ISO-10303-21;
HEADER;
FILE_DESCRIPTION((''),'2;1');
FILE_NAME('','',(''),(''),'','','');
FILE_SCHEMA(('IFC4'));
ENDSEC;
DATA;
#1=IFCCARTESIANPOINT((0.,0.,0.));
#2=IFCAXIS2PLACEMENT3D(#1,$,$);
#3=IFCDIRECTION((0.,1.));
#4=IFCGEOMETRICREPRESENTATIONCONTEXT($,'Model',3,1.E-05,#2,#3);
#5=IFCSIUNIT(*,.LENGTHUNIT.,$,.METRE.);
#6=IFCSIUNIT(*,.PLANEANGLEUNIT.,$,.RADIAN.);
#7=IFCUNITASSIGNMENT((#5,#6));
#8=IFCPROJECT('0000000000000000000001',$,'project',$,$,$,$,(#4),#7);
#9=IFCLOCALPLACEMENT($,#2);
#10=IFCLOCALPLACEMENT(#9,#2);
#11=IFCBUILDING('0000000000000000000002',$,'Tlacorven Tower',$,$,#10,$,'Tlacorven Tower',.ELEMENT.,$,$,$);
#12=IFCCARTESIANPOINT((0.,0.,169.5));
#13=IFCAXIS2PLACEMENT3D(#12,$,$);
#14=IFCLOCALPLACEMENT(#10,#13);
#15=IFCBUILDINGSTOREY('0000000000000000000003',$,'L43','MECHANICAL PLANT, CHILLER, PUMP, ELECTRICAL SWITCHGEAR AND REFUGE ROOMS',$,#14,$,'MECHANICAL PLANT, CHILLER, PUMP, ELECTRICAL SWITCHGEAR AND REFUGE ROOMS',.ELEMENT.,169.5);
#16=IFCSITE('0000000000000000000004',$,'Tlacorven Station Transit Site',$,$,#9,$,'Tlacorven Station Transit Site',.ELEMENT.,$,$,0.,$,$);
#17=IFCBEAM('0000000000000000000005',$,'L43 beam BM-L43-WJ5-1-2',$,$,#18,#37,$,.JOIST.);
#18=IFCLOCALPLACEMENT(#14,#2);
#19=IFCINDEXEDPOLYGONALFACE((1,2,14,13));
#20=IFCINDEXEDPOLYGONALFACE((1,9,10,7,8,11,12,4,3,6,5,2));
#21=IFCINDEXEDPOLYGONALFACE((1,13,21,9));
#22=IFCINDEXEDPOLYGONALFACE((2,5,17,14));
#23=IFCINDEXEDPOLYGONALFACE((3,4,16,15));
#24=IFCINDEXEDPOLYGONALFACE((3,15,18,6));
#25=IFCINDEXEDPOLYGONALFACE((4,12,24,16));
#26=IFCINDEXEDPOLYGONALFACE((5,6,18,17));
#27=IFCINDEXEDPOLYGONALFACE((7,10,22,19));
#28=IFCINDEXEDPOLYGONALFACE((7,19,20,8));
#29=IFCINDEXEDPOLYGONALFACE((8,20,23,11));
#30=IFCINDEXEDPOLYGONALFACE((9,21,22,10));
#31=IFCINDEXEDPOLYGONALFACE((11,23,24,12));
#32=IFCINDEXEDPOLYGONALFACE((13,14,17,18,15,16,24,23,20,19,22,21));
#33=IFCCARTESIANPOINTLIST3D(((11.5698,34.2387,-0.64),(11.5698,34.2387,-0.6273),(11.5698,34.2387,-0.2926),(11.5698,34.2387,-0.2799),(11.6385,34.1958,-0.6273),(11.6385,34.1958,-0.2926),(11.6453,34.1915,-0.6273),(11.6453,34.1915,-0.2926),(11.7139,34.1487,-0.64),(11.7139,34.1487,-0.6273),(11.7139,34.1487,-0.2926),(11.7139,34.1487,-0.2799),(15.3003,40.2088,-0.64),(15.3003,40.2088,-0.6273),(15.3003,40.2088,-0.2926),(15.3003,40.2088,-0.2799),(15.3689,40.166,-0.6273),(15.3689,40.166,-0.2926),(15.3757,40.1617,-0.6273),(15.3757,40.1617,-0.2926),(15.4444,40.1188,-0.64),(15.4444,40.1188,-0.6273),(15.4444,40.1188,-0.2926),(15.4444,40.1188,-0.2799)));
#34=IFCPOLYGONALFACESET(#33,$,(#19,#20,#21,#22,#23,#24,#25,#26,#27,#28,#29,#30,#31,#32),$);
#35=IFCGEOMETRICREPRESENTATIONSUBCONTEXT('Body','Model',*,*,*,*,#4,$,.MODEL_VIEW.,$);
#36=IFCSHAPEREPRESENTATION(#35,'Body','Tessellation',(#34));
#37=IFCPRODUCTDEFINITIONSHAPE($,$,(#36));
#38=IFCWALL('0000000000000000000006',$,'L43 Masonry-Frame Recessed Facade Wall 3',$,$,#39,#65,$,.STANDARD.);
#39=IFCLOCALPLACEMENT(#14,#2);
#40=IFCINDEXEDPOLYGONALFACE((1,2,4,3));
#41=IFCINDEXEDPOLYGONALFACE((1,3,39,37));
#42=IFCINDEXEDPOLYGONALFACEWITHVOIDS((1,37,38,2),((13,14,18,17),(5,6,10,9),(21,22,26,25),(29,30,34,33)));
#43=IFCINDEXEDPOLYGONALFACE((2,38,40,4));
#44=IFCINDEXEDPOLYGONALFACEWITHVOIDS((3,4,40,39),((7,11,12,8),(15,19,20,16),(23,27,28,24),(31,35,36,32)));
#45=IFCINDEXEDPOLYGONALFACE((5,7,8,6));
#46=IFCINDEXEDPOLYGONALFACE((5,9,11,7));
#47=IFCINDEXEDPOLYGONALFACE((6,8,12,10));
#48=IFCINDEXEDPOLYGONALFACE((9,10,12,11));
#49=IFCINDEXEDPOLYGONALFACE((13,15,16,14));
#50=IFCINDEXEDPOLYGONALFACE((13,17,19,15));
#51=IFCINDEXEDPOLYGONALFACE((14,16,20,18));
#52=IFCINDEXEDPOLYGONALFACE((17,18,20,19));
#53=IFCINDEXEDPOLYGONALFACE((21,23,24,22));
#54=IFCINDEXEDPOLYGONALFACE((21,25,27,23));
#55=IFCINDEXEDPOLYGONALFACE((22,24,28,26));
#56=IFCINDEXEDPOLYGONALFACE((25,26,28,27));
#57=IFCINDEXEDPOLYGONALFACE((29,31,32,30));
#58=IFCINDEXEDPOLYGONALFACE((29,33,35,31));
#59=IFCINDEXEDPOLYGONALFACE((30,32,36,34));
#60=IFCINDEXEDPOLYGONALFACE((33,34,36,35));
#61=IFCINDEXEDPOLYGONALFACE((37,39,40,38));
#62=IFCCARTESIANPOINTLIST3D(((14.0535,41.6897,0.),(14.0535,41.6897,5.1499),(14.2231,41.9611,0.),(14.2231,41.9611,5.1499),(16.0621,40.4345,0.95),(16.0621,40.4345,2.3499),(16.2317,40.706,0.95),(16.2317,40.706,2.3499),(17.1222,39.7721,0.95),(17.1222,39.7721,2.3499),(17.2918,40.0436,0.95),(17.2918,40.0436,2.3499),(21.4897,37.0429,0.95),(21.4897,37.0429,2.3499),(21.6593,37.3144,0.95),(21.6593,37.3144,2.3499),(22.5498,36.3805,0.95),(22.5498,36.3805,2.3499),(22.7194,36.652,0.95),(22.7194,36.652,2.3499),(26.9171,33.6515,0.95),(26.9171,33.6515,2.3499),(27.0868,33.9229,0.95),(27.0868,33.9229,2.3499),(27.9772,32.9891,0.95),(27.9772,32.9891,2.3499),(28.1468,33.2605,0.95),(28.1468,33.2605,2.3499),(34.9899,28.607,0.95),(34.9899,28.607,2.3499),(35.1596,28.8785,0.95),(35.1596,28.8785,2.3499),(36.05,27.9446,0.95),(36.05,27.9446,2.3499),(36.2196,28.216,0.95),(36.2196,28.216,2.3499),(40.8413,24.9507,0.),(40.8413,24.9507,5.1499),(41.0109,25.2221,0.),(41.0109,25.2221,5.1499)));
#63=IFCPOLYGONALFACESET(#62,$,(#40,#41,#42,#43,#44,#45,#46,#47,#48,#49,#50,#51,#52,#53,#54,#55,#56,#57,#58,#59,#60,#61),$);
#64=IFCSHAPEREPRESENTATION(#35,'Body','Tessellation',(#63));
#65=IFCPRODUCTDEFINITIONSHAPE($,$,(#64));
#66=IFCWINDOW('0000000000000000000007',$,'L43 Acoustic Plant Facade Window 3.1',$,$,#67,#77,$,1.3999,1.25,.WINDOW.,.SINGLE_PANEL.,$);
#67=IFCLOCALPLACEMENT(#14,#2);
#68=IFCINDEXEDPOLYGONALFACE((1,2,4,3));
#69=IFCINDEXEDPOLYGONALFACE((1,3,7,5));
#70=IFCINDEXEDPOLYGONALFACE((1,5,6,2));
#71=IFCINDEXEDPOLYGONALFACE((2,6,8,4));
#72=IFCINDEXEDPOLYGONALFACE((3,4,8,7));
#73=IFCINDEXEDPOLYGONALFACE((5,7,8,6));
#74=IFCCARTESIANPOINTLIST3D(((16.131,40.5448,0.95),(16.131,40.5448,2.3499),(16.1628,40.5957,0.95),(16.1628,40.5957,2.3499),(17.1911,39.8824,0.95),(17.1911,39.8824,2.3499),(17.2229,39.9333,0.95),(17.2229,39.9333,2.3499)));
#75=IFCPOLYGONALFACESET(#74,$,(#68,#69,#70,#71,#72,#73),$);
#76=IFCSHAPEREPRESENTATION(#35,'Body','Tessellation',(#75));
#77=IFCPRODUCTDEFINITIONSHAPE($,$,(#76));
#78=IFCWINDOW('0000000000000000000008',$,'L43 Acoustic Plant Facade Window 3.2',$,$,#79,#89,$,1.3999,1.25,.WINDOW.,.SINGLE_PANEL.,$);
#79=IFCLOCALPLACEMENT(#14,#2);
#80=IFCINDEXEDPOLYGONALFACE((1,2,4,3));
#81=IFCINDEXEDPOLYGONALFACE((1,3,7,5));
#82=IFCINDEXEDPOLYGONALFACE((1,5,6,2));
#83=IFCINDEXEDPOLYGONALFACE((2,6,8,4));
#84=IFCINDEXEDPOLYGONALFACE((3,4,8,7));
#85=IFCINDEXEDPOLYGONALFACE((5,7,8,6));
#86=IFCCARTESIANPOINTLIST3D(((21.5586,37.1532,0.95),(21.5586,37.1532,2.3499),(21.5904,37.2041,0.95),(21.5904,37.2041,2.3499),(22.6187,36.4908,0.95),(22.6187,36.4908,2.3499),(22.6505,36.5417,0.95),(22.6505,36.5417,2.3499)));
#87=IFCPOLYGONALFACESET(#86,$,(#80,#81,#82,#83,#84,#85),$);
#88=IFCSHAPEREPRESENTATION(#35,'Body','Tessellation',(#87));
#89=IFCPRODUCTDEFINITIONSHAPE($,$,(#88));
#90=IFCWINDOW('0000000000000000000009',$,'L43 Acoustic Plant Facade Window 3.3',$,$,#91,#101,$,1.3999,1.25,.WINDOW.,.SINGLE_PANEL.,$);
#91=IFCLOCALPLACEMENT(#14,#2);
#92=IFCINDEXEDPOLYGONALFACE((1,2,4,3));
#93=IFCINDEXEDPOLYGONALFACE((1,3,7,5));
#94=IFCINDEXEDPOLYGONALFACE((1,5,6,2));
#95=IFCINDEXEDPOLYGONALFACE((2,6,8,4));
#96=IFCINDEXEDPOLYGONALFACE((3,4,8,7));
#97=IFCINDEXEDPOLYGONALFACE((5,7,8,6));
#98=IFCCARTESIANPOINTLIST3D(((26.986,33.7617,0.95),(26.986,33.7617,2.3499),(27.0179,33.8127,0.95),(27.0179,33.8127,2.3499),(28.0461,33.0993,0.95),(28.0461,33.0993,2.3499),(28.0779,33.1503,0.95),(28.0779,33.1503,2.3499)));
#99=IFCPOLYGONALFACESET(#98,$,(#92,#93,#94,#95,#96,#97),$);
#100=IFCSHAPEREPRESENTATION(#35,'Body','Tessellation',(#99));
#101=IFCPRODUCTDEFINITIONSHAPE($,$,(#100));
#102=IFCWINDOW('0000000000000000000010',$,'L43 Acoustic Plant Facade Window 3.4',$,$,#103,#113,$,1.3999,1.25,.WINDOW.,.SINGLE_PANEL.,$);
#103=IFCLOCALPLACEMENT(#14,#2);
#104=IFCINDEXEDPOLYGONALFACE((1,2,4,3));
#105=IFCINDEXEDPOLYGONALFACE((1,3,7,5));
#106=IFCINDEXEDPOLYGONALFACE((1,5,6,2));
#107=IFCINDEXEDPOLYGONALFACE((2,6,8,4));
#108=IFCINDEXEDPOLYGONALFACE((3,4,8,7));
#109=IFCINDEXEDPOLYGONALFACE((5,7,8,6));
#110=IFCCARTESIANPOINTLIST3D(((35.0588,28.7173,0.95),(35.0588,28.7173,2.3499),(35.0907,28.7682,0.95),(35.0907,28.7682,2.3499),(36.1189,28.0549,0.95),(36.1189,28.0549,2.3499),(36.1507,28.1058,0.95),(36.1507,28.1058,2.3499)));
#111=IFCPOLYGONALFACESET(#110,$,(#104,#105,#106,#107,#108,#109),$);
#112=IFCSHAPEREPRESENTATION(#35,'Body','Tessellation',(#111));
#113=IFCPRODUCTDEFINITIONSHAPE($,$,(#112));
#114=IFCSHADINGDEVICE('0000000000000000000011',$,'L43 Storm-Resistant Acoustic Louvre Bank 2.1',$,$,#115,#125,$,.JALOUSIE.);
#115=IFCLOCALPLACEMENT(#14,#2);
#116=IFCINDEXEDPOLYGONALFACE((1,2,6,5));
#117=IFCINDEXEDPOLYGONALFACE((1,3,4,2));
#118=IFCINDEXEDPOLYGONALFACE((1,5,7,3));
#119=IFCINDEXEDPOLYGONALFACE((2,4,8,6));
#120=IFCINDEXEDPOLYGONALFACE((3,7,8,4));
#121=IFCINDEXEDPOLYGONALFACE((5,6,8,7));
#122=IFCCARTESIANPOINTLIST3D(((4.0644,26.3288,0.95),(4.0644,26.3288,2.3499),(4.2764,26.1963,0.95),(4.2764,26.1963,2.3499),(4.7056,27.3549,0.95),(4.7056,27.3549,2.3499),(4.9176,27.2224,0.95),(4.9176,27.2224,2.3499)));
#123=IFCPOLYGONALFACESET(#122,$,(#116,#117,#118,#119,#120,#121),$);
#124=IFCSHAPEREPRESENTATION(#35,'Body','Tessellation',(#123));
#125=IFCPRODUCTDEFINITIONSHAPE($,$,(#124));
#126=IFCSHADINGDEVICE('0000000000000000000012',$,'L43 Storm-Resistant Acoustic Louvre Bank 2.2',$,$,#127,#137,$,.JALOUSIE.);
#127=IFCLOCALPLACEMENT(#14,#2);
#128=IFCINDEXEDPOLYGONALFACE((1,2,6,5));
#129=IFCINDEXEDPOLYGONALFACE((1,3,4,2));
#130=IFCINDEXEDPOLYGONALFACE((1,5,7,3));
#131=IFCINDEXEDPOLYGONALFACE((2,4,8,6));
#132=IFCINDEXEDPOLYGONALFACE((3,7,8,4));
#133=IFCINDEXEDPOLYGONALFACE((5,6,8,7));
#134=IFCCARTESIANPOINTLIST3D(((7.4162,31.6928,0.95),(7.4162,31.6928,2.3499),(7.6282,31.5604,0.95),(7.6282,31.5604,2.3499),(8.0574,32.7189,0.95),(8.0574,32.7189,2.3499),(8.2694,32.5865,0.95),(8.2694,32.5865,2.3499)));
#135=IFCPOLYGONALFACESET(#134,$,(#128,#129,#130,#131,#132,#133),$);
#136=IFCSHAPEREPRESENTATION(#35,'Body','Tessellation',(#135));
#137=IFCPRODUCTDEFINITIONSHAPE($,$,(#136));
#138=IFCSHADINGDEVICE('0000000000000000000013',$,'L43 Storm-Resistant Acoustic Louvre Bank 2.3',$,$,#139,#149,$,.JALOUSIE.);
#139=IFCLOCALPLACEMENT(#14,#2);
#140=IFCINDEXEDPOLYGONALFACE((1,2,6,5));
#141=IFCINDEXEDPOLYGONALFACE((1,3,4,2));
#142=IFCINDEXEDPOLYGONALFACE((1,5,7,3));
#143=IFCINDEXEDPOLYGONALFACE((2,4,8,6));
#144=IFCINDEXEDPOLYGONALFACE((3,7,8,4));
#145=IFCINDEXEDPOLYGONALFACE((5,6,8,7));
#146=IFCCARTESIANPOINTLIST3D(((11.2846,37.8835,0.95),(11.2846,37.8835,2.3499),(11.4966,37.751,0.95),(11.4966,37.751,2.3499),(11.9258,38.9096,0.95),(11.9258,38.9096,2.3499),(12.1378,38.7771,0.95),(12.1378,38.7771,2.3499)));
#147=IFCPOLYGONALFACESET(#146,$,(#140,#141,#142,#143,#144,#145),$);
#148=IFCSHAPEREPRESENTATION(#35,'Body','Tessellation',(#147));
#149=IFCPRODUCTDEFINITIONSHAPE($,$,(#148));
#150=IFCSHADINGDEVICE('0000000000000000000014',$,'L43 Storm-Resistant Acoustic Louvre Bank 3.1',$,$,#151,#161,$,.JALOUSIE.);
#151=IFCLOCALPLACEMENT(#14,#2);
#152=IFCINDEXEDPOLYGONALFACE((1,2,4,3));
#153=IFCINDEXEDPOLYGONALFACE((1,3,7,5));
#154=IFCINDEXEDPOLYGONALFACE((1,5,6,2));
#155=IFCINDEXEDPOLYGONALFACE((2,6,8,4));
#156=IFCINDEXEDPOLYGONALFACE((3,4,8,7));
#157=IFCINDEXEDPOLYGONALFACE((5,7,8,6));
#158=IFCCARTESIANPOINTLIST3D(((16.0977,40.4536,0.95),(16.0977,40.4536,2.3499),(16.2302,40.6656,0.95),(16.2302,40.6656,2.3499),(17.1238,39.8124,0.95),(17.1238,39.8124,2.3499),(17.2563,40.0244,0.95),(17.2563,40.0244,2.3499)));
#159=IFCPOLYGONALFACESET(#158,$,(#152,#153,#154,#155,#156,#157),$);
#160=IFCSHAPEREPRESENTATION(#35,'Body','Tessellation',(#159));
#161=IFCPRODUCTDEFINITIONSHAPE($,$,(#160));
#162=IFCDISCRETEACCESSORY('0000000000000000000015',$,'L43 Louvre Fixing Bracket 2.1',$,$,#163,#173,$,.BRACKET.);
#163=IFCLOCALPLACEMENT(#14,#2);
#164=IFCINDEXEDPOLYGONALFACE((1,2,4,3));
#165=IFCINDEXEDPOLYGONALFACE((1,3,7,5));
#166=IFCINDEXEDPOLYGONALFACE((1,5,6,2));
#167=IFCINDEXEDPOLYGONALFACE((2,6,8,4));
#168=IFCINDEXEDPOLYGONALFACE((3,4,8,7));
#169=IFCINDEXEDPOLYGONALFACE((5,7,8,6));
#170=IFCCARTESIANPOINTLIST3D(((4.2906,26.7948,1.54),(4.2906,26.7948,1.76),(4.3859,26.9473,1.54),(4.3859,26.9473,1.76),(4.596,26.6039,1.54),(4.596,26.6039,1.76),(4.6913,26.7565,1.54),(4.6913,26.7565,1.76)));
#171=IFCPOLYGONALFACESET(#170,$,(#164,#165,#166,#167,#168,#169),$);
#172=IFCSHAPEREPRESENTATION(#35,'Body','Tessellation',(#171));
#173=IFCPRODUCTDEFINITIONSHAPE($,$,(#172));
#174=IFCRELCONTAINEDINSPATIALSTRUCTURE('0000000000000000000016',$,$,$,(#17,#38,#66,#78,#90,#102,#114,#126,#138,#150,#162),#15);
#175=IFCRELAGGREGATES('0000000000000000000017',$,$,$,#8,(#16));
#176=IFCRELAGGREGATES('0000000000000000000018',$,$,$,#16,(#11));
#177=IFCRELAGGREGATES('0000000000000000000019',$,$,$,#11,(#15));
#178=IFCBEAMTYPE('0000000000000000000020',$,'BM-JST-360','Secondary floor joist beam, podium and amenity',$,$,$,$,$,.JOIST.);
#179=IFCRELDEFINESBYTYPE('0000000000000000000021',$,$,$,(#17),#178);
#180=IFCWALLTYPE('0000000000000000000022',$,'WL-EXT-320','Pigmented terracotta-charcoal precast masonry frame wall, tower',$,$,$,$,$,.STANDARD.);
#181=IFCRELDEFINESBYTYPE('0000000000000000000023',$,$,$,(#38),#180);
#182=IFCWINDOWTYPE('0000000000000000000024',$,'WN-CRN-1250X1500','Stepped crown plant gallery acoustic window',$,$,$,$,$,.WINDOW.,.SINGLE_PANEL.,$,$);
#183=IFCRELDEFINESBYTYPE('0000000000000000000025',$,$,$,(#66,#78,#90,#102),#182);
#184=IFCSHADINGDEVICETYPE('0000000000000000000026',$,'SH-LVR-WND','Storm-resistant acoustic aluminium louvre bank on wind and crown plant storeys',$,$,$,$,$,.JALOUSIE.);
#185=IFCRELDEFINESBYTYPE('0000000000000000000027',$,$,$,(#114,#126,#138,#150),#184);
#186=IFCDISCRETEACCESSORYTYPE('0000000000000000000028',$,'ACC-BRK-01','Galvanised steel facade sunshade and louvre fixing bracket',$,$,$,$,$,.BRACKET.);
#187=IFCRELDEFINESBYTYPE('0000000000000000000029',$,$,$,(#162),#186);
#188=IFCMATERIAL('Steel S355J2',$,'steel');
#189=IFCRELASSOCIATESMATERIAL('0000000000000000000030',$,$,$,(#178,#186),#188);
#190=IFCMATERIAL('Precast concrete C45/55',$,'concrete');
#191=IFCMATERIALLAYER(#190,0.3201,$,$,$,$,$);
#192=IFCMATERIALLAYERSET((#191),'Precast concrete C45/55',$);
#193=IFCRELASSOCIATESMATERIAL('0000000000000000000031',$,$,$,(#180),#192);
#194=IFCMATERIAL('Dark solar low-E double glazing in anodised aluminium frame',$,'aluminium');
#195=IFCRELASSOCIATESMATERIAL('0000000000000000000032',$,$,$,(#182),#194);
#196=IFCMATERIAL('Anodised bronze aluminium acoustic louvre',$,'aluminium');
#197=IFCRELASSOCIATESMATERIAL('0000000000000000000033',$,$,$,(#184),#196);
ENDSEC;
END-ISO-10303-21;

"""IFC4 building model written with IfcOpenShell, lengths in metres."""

from ifc_helpers import new_model, si_unit, direction, frame, frame_2d, origin, origin_2d, place, context, subcontext, project, spatial, rectangle, i_section, extrude, source, transform, mapped, material, layer, layer_set, material_profile, profile_set, type_object, element, fill, save


model = new_model("IFC4")

# Units and contexts
model_context = context("Model", 3, precision=1e-05, world=origin(), true_north=direction((0.0, 1.0)))
body_context = subcontext(model_context, "Body", "Model", "MODEL_VIEW")
ifc_project = project(units=[si_unit("LENGTHUNIT", "METRE"), si_unit("PLANEANGLEUNIT", "RADIAN")], contexts=[model_context])

# Site, building, storey
site_placement = place(None, origin())
site = spatial("IfcSite", under=ifc_project, at=site_placement, Name="Tlacorven Station Transit Site", LongName="Tlacorven Station Transit Site", CompositionType="ELEMENT", RefElevation=0.0)
building_placement = place(site_placement, origin())
building = spatial("IfcBuilding", under=site, at=building_placement, Name="Tlacorven Tower", LongName="Tlacorven Tower", CompositionType="ELEMENT")
storey_placement = place(building_placement, frame((0.0, 0.0, 169.5)))
storey = spatial("IfcBuildingStorey", under=building, at=storey_placement, Name="L43", Description="MECHANICAL PLANT, CHILLER, PUMP, ELECTRICAL SWITCHGEAR AND REFUGE ROOMS", LongName="MECHANICAL PLANT, CHILLER, PUMP, ELECTRICAL SWITCHGEAR AND REFUGE ROOMS", CompositionType="ELEMENT", Elevation=169.5)

# Beam
ifc_material_1 = material(Name="Steel S355J2", Category="steel")
ifc_material_profile_1 = material_profile(ifc_material_1, i_section(OverallWidth=0.1699, OverallDepth=0.3601, WebThickness=0.0081, FlangeThickness=0.0127, at=origin_2d()), Name="IPE 360")
ifc_profile_set_1 = profile_set([ifc_material_profile_1], Name="Steel S355J2")
beam_type_1 = type_object("IfcBeamType", Name="BM-JST-360", Description="Secondary floor joist beam, podium and amenity", PredefinedType="JOIST", material=ifc_profile_set_1)
shared_shape_1 = source(origin(), body_context, "Body", "SweptSolid", [
    extrude(i_section(OverallWidth=0.1699, OverallDepth=0.3601, WebThickness=0.0081, FlangeThickness=0.0127, at=origin_2d()), origin(), (0.0, 0.0, 1.0), 7.0398),
])
beam_1_placement = place(storey_placement, frame((15.3723, 40.1638, -0.46), z_axis=(-0.529905, -0.848057, 0.0), x_axis=(0.848057, -0.529905, 0.0)))
element("IfcBeam", 1, at=beam_1_placement, inside=storey, type_object=beam_type_1, Name="L43 beam BM-L43-WJ5-1-2", PredefinedType="JOIST", context=body_context, shape_type="MappedRepresentation", body=[
    mapped(shared_shape_1, transform((0.0, 0.0, 0.0), scale=1.0)),
])

# Wall, openings, windows
ifc_material_2 = material(Name="Precast concrete C45/55", Category="concrete")
ifc_layer = layer(ifc_material_2, 0.3201)
ifc_layer_set = layer_set([ifc_layer], Name="Precast concrete C45/55")
wall_type = type_object("IfcWallType", Name="WL-EXT-320", Description="Pigmented terracotta-charcoal precast masonry frame wall, tower", PredefinedType="STANDARD", material=ifc_layer_set)
wall_placement = place(storey_placement, frame((14.1382, 41.8254, 0.0), z_axis=(0.0, 0.0, 1.0), x_axis=(0.848046, -0.529922, 0.0)))
wall = element("IfcWall", 2, at=wall_placement, inside=storey, type_object=wall_type, Name="L43 Masonry-Frame Recessed Facade Wall 3", PredefinedType="STANDARD", context=body_context, shape_type="SweptSolid", body=[
    extrude(rectangle(XDim=31.5876, YDim=0.3201, at=frame_2d((15.7939, 0.0))), origin(), (0.0, 0.0, 1.0), 5.1499),
])
opening_1_placement = place(wall_placement, frame((2.3687, 0.0, 0.95)))
opening_1 = element("IfcOpeningElement", 3, at=opening_1_placement, cuts=wall, PredefinedType="OPENING", context=body_context, shape_type="SweptSolid", body=[
    extrude(rectangle(XDim=1.25, YDim=1.3999, at=frame_2d((0.625, 0.7))), frame((0.0, 0.1699, 0.0), z_axis=(0.0, -1.0, 0.0), x_axis=(1.0, 0.0, 0.0)), (0.0, 0.0, 1.0), 0.3401),
])
opening_2_placement = place(wall_placement, frame((8.7688, 0.0, 0.95)))
opening_2 = element("IfcOpeningElement", 4, at=opening_2_placement, cuts=wall, PredefinedType="OPENING", context=body_context, shape_type="SweptSolid", body=[
    extrude(rectangle(XDim=1.25, YDim=1.3999, at=frame_2d((0.625, 0.7))), frame((0.0, 0.1699, 0.0), z_axis=(0.0, -1.0, 0.0), x_axis=(1.0, 0.0, 0.0)), (0.0, 0.0, 1.0), 0.3401),
])
opening_3_placement = place(wall_placement, frame((15.1687, 0.0, 0.95)))
opening_3 = element("IfcOpeningElement", 5, at=opening_3_placement, cuts=wall, PredefinedType="OPENING", context=body_context, shape_type="SweptSolid", body=[
    extrude(rectangle(XDim=1.25, YDim=1.3999, at=frame_2d((0.625, 0.7))), frame((0.0, 0.1699, 0.0), z_axis=(0.0, -1.0, 0.0), x_axis=(1.0, 0.0, 0.0)), (0.0, 0.0, 1.0), 0.3401),
])
opening_4_placement = place(wall_placement, frame((24.688, 0.0, 0.95)))
opening_4 = element("IfcOpeningElement", 6, at=opening_4_placement, cuts=wall, PredefinedType="OPENING", context=body_context, shape_type="SweptSolid", body=[
    extrude(rectangle(XDim=1.25, YDim=1.3999, at=frame_2d((0.625, 0.7))), frame((0.0, 0.1699, 0.0), z_axis=(0.0, -1.0, 0.0), x_axis=(1.0, 0.0, 0.0)), (0.0, 0.0, 1.0), 0.3401),
])
ifc_material_3 = material(Name="Dark solar low-E double glazing in anodised aluminium frame", Category="aluminium")
window_type = type_object("IfcWindowType", Name="WN-CRN-1250X1500", Description="Stepped crown plant gallery acoustic window", PartitioningType="SINGLE_PANEL", PredefinedType="WINDOW", material=ifc_material_3)
shared_shape_2 = source(origin(), body_context, "Body", "SweptSolid", [
    extrude(rectangle(XDim=1.25, YDim=1.3999, at=frame_2d((0.625, 0.7))), frame((0.0, 0.03, 0.0), z_axis=(0.0, -1.0, 0.0), x_axis=(1.0, 0.0, 0.0)), (0.0, 0.0, 1.0), 0.0601),
])
window_1_placement = place(opening_1_placement, origin())
window_1 = element("IfcWindow", 7, at=window_1_placement, inside=storey, type_object=window_type, Name="L43 Acoustic Plant Facade Window 3.1", OverallHeight=1.3999, OverallWidth=1.25, PartitioningType="SINGLE_PANEL", PredefinedType="WINDOW", context=body_context, shape_type="MappedRepresentation", body=[
    mapped(shared_shape_2, transform((0.0, 0.0, 0.0), scale=1.0)),
])
fill(opening_1, window_1)
window_2_placement = place(opening_2_placement, origin())
window_2 = element("IfcWindow", 8, at=window_2_placement, inside=storey, type_object=window_type, Name="L43 Acoustic Plant Facade Window 3.2", OverallHeight=1.3999, OverallWidth=1.25, PartitioningType="SINGLE_PANEL", PredefinedType="WINDOW", context=body_context, shape_type="MappedRepresentation", body=[
    mapped(shared_shape_2, transform((0.0, 0.0, 0.0), scale=1.0)),
])
fill(opening_2, window_2)
window_3_placement = place(opening_3_placement, origin())
window_3 = element("IfcWindow", 9, at=window_3_placement, inside=storey, type_object=window_type, Name="L43 Acoustic Plant Facade Window 3.3", OverallHeight=1.3999, OverallWidth=1.25, PartitioningType="SINGLE_PANEL", PredefinedType="WINDOW", context=body_context, shape_type="MappedRepresentation", body=[
    mapped(shared_shape_2, transform((0.0, 0.0, 0.0), scale=1.0)),
])
fill(opening_3, window_3)
window_4_placement = place(opening_4_placement, origin())
window_4 = element("IfcWindow", 10, at=window_4_placement, inside=storey, type_object=window_type, Name="L43 Acoustic Plant Facade Window 3.4", OverallHeight=1.3999, OverallWidth=1.25, PartitioningType="SINGLE_PANEL", PredefinedType="WINDOW", context=body_context, shape_type="MappedRepresentation", body=[
    mapped(shared_shape_2, transform((0.0, 0.0, 0.0), scale=1.0)),
])
fill(opening_4, window_4)

# Shading devices
ifc_material_4 = material(Name="Anodised bronze aluminium acoustic louvre", Category="aluminium")
shading_device_type = type_object("IfcShadingDeviceType", Name="SH-LVR-WND", Description="Storm-resistant acoustic aluminium louvre bank on wind and crown plant storeys", PredefinedType="JALOUSIE", material=ifc_material_4)
shared_shape_3 = source(origin(), body_context, "Body", "SweptSolid", [
    extrude(rectangle(XDim=1.21, YDim=0.25, at=origin_2d()), origin(), (0.0, 0.0, 1.0), 1.3999),
])
for number, where, z_axis, x_axis, name in (
    (11, (4.491, 26.7756, 0.95), (0.0, 0.0, 1.0), (0.529919, 0.848048, 0.0), "L43 Storm-Resistant Acoustic Louvre Bank 2.1"),
    (12, (7.8428, 32.1396, 0.95), (0.0, 0.0, 1.0), (0.529919, 0.848048, 0.0), "L43 Storm-Resistant Acoustic Louvre Bank 2.2"),
    (13, (11.7112, 38.3303, 0.95), (0.0, 0.0, 1.0), (0.529919, 0.848048, 0.0), "L43 Storm-Resistant Acoustic Louvre Bank 2.3"),
    (14, (16.677, 40.239, 0.95), (0.0, 0.0, 1.0), (0.848048, -0.529919, 0.0), "L43 Storm-Resistant Acoustic Louvre Bank 3.1"),
):
    element("IfcShadingDevice", number, at=place(storey_placement, frame(where, z_axis=z_axis, x_axis=x_axis)), inside=storey, type_object=shading_device_type, Name=name, PredefinedType="JALOUSIE", context=body_context, shape_type="MappedRepresentation", body=[
        mapped(shared_shape_3, transform((0.0, 0.0, 0.0), scale=1.0)),
    ])

# Discrete accessory
discrete_accessory_type = type_object("IfcDiscreteAccessoryType", Name="ACC-BRK-01", Description="Galvanised steel facade sunshade and louvre fixing bracket", PredefinedType="BRACKET", material=ifc_material_1)
shared_shape_4 = source(origin(), body_context, "Body", "SweptSolid", [
    extrude(rectangle(XDim=0.1799, YDim=0.3601, at=origin_2d()), origin(), (0.0, 0.0, 1.0), 0.22),
])
for number, where, z_axis, x_axis, name in (
    (15, (4.491, 26.7756, 1.54), (0.0, 0.0, 1.0), (0.529919, 0.848048, 0.0), "L43 Louvre Fixing Bracket 2.1"),
):
    element("IfcDiscreteAccessory", number, at=place(storey_placement, frame(where, z_axis=z_axis, x_axis=x_axis)), inside=storey, type_object=discrete_accessory_type, Name=name, PredefinedType="BRACKET", context=body_context, shape_type="MappedRepresentation", body=[
        mapped(shared_shape_4, transform((0.0, 0.0, 0.0), scale=1.0)),
    ])

save(model, "model.ifc")
